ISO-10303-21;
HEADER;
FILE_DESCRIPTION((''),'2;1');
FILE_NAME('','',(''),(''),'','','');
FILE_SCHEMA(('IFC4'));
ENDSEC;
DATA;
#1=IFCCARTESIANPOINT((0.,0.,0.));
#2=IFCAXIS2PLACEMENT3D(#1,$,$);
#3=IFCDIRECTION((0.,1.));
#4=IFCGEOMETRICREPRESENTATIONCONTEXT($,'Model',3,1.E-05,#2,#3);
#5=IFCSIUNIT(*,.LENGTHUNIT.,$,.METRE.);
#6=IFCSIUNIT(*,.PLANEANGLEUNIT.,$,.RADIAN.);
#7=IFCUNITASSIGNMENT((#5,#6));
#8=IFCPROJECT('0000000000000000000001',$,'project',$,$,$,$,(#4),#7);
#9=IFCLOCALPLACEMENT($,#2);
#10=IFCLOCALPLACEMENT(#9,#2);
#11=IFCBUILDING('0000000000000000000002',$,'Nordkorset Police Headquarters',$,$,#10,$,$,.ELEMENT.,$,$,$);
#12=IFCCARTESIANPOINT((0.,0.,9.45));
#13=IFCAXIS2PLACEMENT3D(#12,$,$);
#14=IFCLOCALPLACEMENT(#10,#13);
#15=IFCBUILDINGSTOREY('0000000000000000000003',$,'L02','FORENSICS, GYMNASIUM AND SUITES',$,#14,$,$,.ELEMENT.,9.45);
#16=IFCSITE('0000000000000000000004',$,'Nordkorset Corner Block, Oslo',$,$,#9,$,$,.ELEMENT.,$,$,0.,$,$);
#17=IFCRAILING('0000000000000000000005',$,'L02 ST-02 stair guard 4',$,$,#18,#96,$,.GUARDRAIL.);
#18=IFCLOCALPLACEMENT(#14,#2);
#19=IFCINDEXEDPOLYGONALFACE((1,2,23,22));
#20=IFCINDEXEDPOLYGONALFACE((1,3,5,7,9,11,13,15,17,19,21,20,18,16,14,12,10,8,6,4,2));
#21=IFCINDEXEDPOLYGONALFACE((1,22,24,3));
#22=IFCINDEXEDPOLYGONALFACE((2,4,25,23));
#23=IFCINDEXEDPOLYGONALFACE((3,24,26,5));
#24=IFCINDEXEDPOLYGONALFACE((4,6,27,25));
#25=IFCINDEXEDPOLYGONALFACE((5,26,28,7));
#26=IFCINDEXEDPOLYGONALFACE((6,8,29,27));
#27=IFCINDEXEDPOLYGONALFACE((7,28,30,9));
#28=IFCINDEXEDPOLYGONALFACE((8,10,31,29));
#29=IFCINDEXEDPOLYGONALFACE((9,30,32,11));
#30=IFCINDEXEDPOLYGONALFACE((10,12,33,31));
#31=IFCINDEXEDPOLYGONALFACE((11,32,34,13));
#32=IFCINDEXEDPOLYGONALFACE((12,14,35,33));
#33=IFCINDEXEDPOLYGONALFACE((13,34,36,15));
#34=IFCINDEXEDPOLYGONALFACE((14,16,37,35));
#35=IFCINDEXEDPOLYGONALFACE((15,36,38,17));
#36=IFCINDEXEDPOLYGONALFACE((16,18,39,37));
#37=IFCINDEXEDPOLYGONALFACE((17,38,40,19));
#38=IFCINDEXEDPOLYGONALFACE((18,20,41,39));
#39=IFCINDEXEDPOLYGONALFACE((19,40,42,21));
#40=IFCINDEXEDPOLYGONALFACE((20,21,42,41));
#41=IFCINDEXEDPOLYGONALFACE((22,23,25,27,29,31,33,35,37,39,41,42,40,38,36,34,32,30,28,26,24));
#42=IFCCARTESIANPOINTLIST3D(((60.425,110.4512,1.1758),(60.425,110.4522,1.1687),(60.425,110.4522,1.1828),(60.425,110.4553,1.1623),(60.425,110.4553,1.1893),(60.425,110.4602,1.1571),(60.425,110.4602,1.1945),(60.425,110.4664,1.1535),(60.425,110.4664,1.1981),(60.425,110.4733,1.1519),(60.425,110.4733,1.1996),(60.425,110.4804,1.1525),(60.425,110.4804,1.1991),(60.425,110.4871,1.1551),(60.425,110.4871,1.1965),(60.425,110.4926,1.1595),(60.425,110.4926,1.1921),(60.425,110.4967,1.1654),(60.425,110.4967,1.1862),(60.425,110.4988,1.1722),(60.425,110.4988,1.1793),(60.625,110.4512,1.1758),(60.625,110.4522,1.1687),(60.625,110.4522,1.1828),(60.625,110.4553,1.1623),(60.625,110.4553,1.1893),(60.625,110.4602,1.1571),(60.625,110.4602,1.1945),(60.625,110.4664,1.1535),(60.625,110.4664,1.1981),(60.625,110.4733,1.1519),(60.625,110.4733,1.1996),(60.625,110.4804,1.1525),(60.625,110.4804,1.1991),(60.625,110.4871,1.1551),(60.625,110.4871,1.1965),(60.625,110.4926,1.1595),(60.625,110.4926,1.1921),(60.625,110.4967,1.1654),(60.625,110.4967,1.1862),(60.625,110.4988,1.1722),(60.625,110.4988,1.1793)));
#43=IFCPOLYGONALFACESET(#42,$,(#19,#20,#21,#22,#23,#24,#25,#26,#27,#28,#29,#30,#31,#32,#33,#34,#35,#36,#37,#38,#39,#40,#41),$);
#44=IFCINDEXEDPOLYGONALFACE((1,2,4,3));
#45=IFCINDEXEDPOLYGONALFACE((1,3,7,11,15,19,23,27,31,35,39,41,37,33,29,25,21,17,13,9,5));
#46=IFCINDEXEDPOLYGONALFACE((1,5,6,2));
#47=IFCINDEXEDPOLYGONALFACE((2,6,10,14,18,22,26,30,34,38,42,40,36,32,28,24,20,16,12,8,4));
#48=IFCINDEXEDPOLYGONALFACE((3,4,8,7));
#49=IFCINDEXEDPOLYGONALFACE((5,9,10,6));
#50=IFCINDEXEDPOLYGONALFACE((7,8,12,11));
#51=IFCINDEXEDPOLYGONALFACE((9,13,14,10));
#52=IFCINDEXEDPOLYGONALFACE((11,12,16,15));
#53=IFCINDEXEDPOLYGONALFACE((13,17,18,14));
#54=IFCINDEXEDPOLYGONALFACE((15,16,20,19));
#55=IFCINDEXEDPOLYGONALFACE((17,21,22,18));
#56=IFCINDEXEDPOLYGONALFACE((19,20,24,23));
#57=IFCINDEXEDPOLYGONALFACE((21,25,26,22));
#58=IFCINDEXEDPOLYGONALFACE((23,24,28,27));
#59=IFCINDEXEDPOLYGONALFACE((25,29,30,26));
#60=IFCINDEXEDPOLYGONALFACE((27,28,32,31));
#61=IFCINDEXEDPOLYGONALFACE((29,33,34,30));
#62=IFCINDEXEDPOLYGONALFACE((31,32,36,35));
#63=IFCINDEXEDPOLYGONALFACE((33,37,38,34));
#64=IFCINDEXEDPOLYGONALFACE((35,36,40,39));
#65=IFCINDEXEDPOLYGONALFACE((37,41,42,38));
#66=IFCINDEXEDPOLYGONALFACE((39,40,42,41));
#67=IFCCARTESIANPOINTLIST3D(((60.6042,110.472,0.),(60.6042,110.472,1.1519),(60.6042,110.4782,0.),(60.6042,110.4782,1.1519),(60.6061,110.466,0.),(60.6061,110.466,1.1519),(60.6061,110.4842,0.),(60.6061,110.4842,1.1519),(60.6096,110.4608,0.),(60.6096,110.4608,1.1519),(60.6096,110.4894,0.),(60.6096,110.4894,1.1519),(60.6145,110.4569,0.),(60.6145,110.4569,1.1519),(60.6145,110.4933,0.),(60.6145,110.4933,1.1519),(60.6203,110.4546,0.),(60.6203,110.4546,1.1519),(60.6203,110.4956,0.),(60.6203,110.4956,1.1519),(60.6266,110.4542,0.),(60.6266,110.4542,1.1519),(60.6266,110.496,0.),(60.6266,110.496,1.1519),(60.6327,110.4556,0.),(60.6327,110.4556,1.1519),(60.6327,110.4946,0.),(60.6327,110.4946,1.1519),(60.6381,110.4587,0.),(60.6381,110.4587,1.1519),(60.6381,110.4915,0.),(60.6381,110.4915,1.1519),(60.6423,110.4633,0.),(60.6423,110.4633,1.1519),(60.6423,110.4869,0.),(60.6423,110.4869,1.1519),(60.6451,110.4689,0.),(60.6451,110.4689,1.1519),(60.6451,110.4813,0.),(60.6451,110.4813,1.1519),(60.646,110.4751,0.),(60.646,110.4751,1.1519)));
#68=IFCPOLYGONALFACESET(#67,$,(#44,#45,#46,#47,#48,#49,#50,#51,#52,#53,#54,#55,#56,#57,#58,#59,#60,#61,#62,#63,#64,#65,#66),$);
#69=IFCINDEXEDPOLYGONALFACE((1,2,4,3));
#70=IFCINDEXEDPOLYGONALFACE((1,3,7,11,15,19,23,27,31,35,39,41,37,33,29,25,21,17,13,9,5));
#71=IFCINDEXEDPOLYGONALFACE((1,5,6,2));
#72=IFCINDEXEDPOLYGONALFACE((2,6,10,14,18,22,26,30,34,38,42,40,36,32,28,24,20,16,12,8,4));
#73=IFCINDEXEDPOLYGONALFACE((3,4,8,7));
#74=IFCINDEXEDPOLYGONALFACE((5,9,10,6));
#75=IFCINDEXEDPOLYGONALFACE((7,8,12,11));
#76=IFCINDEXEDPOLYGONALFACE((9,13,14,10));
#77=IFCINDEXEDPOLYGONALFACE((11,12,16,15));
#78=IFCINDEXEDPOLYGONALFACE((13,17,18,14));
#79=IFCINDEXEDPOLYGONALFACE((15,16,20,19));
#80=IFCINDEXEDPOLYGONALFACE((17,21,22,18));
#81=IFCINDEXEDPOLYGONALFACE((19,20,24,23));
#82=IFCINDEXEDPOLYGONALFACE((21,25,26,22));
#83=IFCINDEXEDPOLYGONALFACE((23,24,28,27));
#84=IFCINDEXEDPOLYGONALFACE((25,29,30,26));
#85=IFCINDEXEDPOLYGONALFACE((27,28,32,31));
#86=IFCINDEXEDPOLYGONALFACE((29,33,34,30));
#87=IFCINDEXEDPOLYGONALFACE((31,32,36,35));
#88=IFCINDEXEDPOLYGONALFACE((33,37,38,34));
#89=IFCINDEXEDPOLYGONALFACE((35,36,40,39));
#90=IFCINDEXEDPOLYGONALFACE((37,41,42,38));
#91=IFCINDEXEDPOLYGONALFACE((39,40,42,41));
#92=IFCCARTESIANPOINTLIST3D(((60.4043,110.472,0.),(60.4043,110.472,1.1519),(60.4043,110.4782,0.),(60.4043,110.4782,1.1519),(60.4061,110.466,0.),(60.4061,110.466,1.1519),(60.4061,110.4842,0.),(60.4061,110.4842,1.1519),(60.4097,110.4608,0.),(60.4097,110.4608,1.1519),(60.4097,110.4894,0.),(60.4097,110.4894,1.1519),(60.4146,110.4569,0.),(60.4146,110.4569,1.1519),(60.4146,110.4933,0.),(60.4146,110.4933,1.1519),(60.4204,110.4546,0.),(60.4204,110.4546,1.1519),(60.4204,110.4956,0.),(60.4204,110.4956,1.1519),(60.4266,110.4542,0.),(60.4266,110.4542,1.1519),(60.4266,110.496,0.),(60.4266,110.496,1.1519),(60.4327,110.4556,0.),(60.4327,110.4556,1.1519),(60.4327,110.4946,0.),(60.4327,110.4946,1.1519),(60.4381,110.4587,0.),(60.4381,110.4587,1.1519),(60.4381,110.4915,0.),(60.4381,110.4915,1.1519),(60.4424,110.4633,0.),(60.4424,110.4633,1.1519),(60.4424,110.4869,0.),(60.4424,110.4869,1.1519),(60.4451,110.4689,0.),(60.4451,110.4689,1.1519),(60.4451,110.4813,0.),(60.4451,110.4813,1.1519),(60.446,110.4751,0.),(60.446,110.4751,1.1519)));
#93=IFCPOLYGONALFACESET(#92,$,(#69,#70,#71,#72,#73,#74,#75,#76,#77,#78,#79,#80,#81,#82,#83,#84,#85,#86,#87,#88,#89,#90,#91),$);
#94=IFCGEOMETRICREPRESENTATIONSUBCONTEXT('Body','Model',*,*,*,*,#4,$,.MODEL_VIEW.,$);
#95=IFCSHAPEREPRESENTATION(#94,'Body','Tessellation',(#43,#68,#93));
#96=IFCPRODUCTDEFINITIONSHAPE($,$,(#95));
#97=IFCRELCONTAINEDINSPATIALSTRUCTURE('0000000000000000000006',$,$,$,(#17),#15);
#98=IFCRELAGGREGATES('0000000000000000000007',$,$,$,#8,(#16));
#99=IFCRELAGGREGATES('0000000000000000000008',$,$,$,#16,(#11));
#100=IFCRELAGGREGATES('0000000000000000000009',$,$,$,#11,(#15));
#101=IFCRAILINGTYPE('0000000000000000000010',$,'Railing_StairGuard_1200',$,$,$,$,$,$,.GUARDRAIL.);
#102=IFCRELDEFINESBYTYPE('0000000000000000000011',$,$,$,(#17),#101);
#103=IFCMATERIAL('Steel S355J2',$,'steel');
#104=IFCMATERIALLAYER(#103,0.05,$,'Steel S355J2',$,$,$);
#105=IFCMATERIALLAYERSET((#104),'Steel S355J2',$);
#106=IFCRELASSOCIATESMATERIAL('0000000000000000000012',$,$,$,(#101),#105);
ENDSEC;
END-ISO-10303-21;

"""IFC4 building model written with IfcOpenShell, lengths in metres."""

from ifc_helpers import new_model, si_unit, direction, frame, origin, origin_2d, place, context, subcontext, project, spatial, circle, extrude, material, layer, layer_set, type_object, element, save


model = new_model("IFC4")

# Units and contexts
model_context = context("Model", 3, precision=1e-05, world=origin(), true_north=direction((0.0, 1.0)))
body_context = subcontext(model_context, "Body", "Model", "MODEL_VIEW")
ifc_project = project(units=[si_unit("LENGTHUNIT", "METRE"), si_unit("PLANEANGLEUNIT", "RADIAN")], contexts=[model_context])

# Site, building, storey
site_placement = place(None, origin())
site = spatial("IfcSite", under=ifc_project, at=site_placement, Name="Nordkorset Corner Block, Oslo", CompositionType="ELEMENT", RefElevation=0.0)
building_placement = place(site_placement, origin())
building = spatial("IfcBuilding", under=site, at=building_placement, Name="Nordkorset Police Headquarters", CompositionType="ELEMENT")
storey_placement = place(building_placement, frame((0.0, 0.0, 9.45)))
storey = spatial("IfcBuildingStorey", under=building, at=storey_placement, Name="L02", Description="FORENSICS, GYMNASIUM AND SUITES", CompositionType="ELEMENT", Elevation=9.45)

# Railing
ifc_material_1 = material(Name="Steel S355J2", Category="steel")
ifc_layer_1 = layer(ifc_material_1, 0.05, Name="Steel S355J2")
ifc_layer_set_1 = layer_set([ifc_layer_1], Name="Steel S355J2")
railing_type_1 = type_object("IfcRailingType", Name="Railing_StairGuard_1200", PredefinedType="GUARDRAIL", material=ifc_layer_set_1)
railing_1_placement = place(storey_placement, frame((60.625, 110.4751, 0.0)))
element("IfcRailing", 1, at=railing_1_placement, inside=storey, type_object=railing_type_1, Name="L02 ST-02 stair guard 4", PredefinedType="GUARDRAIL", context=body_context, shape_type="SweptSolid", body=[
    extrude(circle(Radius=0.0239, at=origin_2d()), frame((0.0, 0.0, 1.1758), z_axis=(-1.0, 0.0, 0.0), x_axis=(0.0, -1.0, 0.0)), (0.0, 0.0, 1.0), 0.2),
    extrude(circle(Radius=0.021, at=origin_2d()), origin(), (0.0, 0.0, 1.0), 1.1519),
    extrude(circle(Radius=0.021, at=origin_2d()), frame((-0.2, 0.0, 0.0)), (0.0, 0.0, 1.0), 1.1519),
])

save(model, "model.ifc")
